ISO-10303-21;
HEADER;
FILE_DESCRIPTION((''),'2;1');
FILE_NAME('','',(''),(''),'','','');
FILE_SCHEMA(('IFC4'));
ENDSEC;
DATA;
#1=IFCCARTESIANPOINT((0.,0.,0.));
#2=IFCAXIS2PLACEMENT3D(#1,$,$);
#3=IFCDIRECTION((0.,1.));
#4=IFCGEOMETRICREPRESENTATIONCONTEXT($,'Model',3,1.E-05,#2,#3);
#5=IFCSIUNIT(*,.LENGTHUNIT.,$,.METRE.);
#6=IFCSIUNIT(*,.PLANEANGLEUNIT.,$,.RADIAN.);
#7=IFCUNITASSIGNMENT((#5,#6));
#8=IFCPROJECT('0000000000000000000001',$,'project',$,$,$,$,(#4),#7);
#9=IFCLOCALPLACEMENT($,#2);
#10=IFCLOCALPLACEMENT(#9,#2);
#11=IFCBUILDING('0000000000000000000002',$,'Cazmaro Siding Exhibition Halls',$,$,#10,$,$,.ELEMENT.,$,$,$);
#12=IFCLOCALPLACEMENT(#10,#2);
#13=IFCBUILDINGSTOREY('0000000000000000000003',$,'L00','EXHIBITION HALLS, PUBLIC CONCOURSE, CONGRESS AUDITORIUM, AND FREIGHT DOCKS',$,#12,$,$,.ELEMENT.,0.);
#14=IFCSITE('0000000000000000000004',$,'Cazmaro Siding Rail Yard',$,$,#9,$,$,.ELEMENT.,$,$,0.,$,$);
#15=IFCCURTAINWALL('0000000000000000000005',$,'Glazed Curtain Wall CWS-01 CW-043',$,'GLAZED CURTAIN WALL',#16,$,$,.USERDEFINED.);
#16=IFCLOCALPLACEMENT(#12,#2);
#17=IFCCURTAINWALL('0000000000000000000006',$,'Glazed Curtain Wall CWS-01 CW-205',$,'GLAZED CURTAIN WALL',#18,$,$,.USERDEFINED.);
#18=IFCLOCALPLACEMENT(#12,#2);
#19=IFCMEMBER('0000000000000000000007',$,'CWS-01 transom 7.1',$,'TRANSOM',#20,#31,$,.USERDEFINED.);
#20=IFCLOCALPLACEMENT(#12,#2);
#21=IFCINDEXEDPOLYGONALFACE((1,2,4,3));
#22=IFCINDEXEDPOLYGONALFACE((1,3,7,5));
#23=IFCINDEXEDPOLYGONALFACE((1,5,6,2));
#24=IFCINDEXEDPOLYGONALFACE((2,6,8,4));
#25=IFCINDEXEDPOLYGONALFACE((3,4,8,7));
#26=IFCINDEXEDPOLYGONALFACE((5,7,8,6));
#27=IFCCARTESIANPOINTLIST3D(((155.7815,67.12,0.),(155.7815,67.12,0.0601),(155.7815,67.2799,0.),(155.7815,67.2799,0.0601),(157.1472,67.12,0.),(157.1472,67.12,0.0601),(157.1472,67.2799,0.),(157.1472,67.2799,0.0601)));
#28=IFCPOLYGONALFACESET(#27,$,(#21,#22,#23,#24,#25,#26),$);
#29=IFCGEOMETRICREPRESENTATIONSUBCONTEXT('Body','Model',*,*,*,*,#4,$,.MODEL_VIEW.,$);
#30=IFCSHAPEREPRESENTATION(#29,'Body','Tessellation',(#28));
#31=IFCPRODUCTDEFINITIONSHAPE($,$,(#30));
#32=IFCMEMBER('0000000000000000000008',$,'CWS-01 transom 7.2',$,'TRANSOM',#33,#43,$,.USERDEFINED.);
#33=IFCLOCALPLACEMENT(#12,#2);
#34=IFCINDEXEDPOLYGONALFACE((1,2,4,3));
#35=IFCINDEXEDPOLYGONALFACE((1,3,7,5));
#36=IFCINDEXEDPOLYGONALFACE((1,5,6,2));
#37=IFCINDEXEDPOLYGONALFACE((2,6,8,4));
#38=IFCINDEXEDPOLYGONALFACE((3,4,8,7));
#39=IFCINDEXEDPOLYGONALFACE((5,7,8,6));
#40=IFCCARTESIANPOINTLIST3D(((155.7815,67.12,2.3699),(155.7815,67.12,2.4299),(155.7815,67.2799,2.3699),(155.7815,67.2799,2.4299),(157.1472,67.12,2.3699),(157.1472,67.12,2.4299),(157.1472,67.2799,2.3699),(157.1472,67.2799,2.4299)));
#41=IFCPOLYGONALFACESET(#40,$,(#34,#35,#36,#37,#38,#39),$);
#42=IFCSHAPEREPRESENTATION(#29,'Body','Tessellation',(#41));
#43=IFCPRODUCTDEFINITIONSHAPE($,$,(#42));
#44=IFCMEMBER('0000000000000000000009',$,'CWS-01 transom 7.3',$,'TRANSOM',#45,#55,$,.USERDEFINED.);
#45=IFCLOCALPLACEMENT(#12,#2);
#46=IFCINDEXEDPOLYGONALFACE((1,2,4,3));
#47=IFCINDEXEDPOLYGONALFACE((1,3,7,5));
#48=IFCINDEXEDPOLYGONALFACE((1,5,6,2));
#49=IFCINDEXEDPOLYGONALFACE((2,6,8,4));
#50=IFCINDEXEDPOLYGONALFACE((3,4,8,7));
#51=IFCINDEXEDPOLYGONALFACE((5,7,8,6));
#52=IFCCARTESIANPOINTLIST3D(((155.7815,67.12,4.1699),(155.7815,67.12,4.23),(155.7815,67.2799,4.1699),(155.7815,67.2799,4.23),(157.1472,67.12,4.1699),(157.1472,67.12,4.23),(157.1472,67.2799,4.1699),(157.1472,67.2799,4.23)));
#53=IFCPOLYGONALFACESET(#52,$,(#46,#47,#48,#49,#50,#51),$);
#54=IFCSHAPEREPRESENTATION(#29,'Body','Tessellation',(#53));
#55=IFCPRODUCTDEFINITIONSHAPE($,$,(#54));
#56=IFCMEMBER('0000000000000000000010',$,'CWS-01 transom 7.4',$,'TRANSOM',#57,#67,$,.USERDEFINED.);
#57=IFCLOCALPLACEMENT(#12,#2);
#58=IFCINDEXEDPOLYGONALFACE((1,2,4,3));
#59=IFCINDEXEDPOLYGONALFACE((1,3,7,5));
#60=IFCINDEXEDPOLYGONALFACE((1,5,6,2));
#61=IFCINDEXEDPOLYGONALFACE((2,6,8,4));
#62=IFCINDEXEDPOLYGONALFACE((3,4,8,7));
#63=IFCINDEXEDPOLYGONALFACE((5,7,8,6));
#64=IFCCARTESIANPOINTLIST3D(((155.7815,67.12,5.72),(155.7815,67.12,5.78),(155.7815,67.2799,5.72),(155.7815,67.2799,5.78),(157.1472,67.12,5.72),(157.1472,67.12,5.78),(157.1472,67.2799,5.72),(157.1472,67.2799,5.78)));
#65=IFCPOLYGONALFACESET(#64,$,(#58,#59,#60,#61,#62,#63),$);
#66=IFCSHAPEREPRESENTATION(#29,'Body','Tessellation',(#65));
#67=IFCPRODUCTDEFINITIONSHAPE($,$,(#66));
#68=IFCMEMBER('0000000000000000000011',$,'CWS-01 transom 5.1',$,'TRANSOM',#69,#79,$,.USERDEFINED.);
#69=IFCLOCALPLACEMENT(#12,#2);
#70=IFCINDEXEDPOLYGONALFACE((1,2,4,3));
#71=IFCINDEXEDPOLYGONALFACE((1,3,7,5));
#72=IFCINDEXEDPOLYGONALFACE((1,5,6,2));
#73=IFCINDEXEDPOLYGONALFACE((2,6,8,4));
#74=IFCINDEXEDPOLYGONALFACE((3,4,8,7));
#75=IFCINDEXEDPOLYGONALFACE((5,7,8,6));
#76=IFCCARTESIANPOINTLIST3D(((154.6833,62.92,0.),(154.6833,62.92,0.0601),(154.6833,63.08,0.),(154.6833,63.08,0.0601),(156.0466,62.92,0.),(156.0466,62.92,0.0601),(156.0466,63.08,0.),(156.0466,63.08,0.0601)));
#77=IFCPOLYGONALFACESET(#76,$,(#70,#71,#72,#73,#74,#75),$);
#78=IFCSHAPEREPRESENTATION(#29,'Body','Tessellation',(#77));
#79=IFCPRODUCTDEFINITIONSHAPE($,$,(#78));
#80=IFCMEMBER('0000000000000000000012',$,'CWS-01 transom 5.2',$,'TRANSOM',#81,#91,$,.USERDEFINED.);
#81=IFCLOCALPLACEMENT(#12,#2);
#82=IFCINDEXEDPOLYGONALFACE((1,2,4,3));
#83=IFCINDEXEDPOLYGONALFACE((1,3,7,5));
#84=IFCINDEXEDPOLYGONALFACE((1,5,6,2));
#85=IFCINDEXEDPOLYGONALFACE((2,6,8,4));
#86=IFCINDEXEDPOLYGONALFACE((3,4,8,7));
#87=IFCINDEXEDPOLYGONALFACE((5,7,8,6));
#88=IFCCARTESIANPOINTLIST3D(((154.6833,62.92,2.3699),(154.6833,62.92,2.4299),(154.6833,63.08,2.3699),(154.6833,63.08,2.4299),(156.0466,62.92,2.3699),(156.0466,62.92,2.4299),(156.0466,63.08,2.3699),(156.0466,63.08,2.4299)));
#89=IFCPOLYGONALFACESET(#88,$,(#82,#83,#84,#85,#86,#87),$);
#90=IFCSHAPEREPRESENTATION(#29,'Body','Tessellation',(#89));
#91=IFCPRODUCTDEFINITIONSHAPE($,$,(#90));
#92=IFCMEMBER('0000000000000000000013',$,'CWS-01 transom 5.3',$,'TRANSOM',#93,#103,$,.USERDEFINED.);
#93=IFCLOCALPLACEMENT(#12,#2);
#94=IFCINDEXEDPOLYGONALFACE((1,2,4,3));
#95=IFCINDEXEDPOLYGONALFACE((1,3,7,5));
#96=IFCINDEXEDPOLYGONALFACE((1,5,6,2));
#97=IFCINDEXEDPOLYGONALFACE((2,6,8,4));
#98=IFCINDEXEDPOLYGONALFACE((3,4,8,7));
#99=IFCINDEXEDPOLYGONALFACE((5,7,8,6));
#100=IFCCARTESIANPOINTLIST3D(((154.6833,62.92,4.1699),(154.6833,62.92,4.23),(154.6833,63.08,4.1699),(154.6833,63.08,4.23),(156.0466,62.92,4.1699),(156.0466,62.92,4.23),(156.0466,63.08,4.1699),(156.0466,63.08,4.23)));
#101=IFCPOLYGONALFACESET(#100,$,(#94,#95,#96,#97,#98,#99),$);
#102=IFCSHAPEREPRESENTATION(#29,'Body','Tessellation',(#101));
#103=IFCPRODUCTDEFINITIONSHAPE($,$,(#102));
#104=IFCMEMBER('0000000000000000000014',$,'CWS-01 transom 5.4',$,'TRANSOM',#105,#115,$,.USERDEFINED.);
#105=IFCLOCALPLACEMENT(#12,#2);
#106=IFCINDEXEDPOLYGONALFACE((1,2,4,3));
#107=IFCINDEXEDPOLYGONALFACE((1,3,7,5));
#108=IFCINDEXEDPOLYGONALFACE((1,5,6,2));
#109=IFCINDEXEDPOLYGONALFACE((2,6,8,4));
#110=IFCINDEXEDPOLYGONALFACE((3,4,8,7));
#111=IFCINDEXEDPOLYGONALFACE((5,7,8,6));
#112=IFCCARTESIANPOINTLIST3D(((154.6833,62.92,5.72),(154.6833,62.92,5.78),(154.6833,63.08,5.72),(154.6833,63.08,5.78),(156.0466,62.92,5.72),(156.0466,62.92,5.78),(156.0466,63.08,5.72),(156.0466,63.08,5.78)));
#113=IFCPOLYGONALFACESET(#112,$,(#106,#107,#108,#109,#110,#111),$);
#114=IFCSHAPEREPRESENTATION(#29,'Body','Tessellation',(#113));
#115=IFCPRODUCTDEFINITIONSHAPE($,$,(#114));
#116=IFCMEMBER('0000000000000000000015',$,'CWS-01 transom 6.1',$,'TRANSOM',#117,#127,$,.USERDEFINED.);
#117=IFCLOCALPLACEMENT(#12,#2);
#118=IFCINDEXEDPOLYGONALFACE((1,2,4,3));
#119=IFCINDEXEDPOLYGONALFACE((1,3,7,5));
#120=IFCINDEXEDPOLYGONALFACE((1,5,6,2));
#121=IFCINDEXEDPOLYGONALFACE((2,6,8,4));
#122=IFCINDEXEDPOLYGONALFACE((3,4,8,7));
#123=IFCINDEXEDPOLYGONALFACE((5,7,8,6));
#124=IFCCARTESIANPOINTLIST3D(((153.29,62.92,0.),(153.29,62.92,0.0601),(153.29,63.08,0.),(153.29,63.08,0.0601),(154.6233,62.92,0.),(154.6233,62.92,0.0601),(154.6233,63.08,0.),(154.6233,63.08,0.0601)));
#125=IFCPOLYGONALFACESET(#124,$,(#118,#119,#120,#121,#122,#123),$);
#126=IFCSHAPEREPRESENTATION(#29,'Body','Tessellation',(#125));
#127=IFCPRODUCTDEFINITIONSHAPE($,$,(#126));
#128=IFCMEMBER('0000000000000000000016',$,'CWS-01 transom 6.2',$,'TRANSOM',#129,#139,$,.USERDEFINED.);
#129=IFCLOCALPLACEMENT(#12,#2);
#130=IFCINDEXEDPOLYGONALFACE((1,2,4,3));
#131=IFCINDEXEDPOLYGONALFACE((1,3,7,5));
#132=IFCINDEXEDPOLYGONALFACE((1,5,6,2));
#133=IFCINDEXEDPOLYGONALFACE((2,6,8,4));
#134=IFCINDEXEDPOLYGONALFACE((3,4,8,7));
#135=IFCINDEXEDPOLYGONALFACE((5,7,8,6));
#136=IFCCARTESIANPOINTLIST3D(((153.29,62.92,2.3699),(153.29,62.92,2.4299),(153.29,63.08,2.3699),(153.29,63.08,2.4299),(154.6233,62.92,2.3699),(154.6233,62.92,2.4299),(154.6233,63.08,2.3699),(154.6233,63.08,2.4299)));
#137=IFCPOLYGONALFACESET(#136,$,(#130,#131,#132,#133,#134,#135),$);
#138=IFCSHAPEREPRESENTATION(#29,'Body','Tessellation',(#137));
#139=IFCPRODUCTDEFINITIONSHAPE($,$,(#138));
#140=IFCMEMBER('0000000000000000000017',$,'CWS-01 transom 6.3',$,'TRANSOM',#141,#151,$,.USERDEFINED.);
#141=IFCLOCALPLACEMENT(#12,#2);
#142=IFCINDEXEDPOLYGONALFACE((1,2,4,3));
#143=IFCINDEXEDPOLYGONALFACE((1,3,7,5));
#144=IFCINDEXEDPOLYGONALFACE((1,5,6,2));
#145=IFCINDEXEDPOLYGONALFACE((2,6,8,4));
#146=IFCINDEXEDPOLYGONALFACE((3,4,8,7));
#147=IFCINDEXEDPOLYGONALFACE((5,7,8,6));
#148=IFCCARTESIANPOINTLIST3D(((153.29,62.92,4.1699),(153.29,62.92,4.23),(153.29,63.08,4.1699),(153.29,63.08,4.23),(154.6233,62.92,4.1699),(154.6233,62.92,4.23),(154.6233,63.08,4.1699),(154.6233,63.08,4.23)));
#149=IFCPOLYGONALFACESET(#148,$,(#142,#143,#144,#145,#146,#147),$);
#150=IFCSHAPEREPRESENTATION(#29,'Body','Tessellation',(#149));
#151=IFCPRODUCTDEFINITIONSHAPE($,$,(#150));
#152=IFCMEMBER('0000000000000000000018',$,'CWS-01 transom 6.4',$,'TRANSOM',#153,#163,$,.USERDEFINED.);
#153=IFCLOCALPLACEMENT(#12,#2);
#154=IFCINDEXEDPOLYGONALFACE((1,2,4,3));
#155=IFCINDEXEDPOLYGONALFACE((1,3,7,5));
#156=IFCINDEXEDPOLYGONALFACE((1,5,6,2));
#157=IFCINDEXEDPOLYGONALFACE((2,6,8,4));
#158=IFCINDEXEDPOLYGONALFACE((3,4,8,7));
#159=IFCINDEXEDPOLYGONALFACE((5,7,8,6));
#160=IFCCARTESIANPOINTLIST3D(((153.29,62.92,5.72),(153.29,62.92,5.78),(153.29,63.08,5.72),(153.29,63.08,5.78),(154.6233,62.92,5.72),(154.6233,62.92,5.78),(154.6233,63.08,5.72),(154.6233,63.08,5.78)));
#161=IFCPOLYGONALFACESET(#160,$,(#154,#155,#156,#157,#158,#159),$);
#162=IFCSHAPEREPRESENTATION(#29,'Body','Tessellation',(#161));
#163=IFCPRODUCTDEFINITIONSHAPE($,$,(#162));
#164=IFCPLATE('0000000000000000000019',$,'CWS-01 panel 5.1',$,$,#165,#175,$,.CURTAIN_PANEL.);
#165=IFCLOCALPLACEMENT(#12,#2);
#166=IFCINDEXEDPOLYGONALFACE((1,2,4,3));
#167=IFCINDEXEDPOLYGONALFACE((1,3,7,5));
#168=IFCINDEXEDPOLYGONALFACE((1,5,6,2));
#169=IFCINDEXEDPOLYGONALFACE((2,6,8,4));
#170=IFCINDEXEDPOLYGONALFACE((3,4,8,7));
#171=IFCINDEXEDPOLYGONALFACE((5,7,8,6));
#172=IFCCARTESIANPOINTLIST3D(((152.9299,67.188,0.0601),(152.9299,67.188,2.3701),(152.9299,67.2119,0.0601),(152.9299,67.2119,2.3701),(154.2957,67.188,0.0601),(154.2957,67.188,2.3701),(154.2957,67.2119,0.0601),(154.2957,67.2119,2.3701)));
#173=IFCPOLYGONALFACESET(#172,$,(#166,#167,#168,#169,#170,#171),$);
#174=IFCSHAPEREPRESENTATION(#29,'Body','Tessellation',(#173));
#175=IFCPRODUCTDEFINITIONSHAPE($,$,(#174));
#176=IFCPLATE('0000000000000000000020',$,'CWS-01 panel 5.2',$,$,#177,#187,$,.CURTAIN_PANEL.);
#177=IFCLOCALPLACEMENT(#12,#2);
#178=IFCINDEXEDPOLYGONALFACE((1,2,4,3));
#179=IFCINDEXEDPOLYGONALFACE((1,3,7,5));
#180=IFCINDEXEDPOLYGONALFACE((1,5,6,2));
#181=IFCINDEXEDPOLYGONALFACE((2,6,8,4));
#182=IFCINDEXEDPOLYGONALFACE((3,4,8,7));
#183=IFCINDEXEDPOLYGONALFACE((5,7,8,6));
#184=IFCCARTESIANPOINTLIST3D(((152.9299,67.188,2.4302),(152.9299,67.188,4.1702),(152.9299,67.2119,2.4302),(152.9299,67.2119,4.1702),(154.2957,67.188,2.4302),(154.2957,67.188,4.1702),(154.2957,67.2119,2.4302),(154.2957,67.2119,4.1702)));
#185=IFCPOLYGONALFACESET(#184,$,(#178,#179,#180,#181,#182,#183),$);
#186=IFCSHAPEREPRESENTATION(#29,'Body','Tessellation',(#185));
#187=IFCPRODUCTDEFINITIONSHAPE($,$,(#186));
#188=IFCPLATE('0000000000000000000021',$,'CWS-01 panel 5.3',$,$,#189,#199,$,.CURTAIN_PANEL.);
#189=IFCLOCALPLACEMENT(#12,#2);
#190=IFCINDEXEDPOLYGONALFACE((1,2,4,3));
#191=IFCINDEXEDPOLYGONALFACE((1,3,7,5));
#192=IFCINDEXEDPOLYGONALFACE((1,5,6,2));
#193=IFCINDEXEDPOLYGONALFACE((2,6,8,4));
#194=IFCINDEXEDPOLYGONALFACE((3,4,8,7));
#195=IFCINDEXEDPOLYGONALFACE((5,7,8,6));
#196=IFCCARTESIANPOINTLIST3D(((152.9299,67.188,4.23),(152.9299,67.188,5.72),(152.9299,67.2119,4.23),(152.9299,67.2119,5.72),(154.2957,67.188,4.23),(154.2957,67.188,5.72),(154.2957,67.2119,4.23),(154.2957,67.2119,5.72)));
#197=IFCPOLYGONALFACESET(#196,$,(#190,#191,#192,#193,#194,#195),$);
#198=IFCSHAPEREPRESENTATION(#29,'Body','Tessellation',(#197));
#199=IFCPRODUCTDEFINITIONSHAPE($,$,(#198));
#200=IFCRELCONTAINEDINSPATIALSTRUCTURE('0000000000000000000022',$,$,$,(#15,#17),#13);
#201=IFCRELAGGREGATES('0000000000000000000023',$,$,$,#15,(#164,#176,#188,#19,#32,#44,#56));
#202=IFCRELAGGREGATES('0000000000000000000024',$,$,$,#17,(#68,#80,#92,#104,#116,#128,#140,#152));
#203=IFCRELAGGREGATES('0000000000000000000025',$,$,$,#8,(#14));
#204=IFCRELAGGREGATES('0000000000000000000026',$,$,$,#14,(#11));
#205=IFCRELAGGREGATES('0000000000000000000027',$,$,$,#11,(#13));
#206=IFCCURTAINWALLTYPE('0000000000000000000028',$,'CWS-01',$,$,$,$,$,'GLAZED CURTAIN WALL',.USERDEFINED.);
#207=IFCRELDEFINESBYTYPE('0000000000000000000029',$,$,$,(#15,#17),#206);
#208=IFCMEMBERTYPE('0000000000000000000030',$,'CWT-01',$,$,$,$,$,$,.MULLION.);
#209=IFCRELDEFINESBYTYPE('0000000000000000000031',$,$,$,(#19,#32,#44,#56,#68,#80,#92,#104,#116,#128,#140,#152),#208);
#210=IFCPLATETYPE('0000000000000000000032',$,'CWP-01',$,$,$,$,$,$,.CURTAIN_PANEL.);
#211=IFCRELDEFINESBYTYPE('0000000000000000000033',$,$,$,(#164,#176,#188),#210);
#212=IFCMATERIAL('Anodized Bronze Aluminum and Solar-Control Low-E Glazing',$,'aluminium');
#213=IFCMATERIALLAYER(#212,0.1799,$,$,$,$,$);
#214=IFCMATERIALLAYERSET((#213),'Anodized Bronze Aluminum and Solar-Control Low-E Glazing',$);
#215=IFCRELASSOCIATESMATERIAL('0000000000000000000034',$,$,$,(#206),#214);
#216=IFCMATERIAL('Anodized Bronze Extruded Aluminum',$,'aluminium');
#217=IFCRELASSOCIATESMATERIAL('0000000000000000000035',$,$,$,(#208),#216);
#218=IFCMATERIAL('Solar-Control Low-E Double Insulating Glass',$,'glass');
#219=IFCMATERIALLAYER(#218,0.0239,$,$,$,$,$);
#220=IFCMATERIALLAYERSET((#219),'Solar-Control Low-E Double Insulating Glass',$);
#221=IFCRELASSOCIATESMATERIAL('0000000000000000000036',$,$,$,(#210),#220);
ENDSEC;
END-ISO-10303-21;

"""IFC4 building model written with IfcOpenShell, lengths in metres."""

from ifc_helpers import new_model, si_unit, direction, frame, origin, origin_2d, place, context, subcontext, project, spatial, rectangle, extrude, material, layer, layer_set, material_profile, profile_set, type_object, element, aggregate, save


model = new_model("IFC4")

# Units and contexts
model_context = context("Model", 3, precision=1e-05, world=origin(), true_north=direction((0.0, 1.0)))
body_context = subcontext(model_context, "Body", "Model", "MODEL_VIEW")
ifc_project = project(units=[si_unit("LENGTHUNIT", "METRE"), si_unit("PLANEANGLEUNIT", "RADIAN")], contexts=[model_context])

# Site, building, storey
site_placement = place(None, origin())
site = spatial("IfcSite", under=ifc_project, at=site_placement, Name="Cazmaro Siding Rail Yard", CompositionType="ELEMENT", RefElevation=0.0)
building_placement = place(site_placement, origin())
building = spatial("IfcBuilding", under=site, at=building_placement, Name="Cazmaro Siding Exhibition Halls", CompositionType="ELEMENT")
storey_placement = place(building_placement, origin())
storey = spatial("IfcBuildingStorey", under=building, at=storey_placement, Name="L00", Description="EXHIBITION HALLS, PUBLIC CONCOURSE, CONGRESS AUDITORIUM, AND FREIGHT DOCKS", CompositionType="ELEMENT", Elevation=0.0)

# Curtain walls
ifc_material_1 = material(Name="Anodized Bronze Aluminum and Solar-Control Low-E Glazing", Category="aluminium")
ifc_layer_1 = layer(ifc_material_1, 0.1799)
ifc_layer_set_1 = layer_set([ifc_layer_1], Name="Anodized Bronze Aluminum and Solar-Control Low-E Glazing")
curtain_wall_type = type_object("IfcCurtainWallType", Name="CWS-01", ElementType="GLAZED CURTAIN WALL", PredefinedType="USERDEFINED", material=ifc_layer_set_1)
curtain_wall_1_placement = place(storey_placement, origin())
curtain_wall_1 = element("IfcCurtainWall", 1, at=curtain_wall_1_placement, inside=storey, type_object=curtain_wall_type, Name="Glazed Curtain Wall CWS-01 CW-043", ObjectType="GLAZED CURTAIN WALL", PredefinedType="USERDEFINED")
curtain_wall_2_placement = place(storey_placement, origin())
curtain_wall_2 = element("IfcCurtainWall", 2, at=curtain_wall_2_placement, inside=storey, type_object=curtain_wall_type, Name="Glazed Curtain Wall CWS-01 CW-205", ObjectType="GLAZED CURTAIN WALL", PredefinedType="USERDEFINED")

# Members
ifc_material_2 = material(Name="Anodized Bronze Extruded Aluminum", Category="aluminium")
ifc_material_profile_1 = material_profile(ifc_material_2, rectangle(XDim=0.1599, YDim=0.0601, at=origin_2d()), Name="CWT-01")
ifc_profile_set_1 = profile_set([ifc_material_profile_1], Name="Anodized Bronze Extruded Aluminum")
member_type_1 = type_object("IfcMemberType", Name="CWT-01", PredefinedType="MULLION", material=ifc_profile_set_1)
member_1_placement = place(storey_placement, frame((155.7815, 67.2, 0.03), z_axis=(1.0, 0.0, 0.0), x_axis=(0.0, 1.0, 0.0)))
member_1 = element("IfcMember", 3, at=member_1_placement, type_object=member_type_1, Name="CWS-01 transom 7.1", ObjectType="TRANSOM", PredefinedType="USERDEFINED", context=body_context, shape_type="SweptSolid", body=[
    extrude(rectangle(XDim=0.1599, YDim=0.0601, at=origin_2d()), origin(), (0.0, 0.0, 1.0), 1.3657),
])
member_2_placement = place(storey_placement, frame((155.7815, 67.2, 2.3999), z_axis=(1.0, 0.0, 0.0), x_axis=(0.0, 1.0, 0.0)))
member_2 = element("IfcMember", 4, at=member_2_placement, type_object=member_type_1, Name="CWS-01 transom 7.2", ObjectType="TRANSOM", PredefinedType="USERDEFINED", context=body_context, shape_type="SweptSolid", body=[
    extrude(rectangle(XDim=0.1599, YDim=0.0601, at=origin_2d()), origin(), (0.0, 0.0, 1.0), 1.3657),
])
member_3_placement = place(storey_placement, frame((155.7815, 67.2, 4.2), z_axis=(1.0, 0.0, 0.0), x_axis=(0.0, 1.0, 0.0)))
member_3 = element("IfcMember", 5, at=member_3_placement, type_object=member_type_1, Name="CWS-01 transom 7.3", ObjectType="TRANSOM", PredefinedType="USERDEFINED", context=body_context, shape_type="SweptSolid", body=[
    extrude(rectangle(XDim=0.1599, YDim=0.0601, at=origin_2d()), origin(), (0.0, 0.0, 1.0), 1.3657),
])
member_4_placement = place(storey_placement, frame((155.7815, 67.2, 5.75), z_axis=(1.0, 0.0, 0.0), x_axis=(0.0, 1.0, 0.0)))
member_4 = element("IfcMember", 6, at=member_4_placement, type_object=member_type_1, Name="CWS-01 transom 7.4", ObjectType="TRANSOM", PredefinedType="USERDEFINED", context=body_context, shape_type="SweptSolid", body=[
    extrude(rectangle(XDim=0.1599, YDim=0.0601, at=origin_2d()), origin(), (0.0, 0.0, 1.0), 1.3657),
])
member_5_placement = place(storey_placement, frame((156.0466, 63.0, 0.03), z_axis=(-1.0, 0.0, 0.0), x_axis=(0.0, -1.0, 0.0)))
member_5 = element("IfcMember", 7, at=member_5_placement, type_object=member_type_1, Name="CWS-01 transom 5.1", ObjectType="TRANSOM", PredefinedType="USERDEFINED", context=body_context, shape_type="SweptSolid", body=[
    extrude(rectangle(XDim=0.1599, YDim=0.0601, at=origin_2d()), origin(), (0.0, 0.0, 1.0), 1.3633),
])
member_6_placement = place(storey_placement, frame((156.0466, 63.0, 2.3999), z_axis=(-1.0, 0.0, 0.0), x_axis=(0.0, -1.0, 0.0)))
member_6 = element("IfcMember", 8, at=member_6_placement, type_object=member_type_1, Name="CWS-01 transom 5.2", ObjectType="TRANSOM", PredefinedType="USERDEFINED", context=body_context, shape_type="SweptSolid", body=[
    extrude(rectangle(XDim=0.1599, YDim=0.0601, at=origin_2d()), origin(), (0.0, 0.0, 1.0), 1.3633),
])
member_7_placement = place(storey_placement, frame((156.0466, 63.0, 4.2), z_axis=(-1.0, 0.0, 0.0), x_axis=(0.0, -1.0, 0.0)))
member_7 = element("IfcMember", 9, at=member_7_placement, type_object=member_type_1, Name="CWS-01 transom 5.3", ObjectType="TRANSOM", PredefinedType="USERDEFINED", context=body_context, shape_type="SweptSolid", body=[
    extrude(rectangle(XDim=0.1599, YDim=0.0601, at=origin_2d()), origin(), (0.0, 0.0, 1.0), 1.3633),
])
member_8_placement = place(storey_placement, frame((156.0466, 63.0, 5.75), z_axis=(-1.0, 0.0, 0.0), x_axis=(0.0, -1.0, 0.0)))
member_8 = element("IfcMember", 10, at=member_8_placement, type_object=member_type_1, Name="CWS-01 transom 5.4", ObjectType="TRANSOM", PredefinedType="USERDEFINED", context=body_context, shape_type="SweptSolid", body=[
    extrude(rectangle(XDim=0.1599, YDim=0.0601, at=origin_2d()), origin(), (0.0, 0.0, 1.0), 1.3633),
])
member_9_placement = place(storey_placement, frame((154.6233, 63.0, 0.03), z_axis=(-1.0, 0.0, 0.0), x_axis=(0.0, -1.0, 0.0)))
member_9 = element("IfcMember", 11, at=member_9_placement, type_object=member_type_1, Name="CWS-01 transom 6.1", ObjectType="TRANSOM", PredefinedType="USERDEFINED", context=body_context, shape_type="SweptSolid", body=[
    extrude(rectangle(XDim=0.1599, YDim=0.0601, at=origin_2d()), origin(), (0.0, 0.0, 1.0), 1.3333),
])
member_10_placement = place(storey_placement, frame((154.6233, 63.0, 2.3999), z_axis=(-1.0, 0.0, 0.0), x_axis=(0.0, -1.0, 0.0)))
member_10 = element("IfcMember", 12, at=member_10_placement, type_object=member_type_1, Name="CWS-01 transom 6.2", ObjectType="TRANSOM", PredefinedType="USERDEFINED", context=body_context, shape_type="SweptSolid", body=[
    extrude(rectangle(XDim=0.1599, YDim=0.0601, at=origin_2d()), origin(), (0.0, 0.0, 1.0), 1.3333),
])
member_11_placement = place(storey_placement, frame((154.6233, 63.0, 4.2), z_axis=(-1.0, 0.0, 0.0), x_axis=(0.0, -1.0, 0.0)))
member_11 = element("IfcMember", 13, at=member_11_placement, type_object=member_type_1, Name="CWS-01 transom 6.3", ObjectType="TRANSOM", PredefinedType="USERDEFINED", context=body_context, shape_type="SweptSolid", body=[
    extrude(rectangle(XDim=0.1599, YDim=0.0601, at=origin_2d()), origin(), (0.0, 0.0, 1.0), 1.3333),
])
member_12_placement = place(storey_placement, frame((154.6233, 63.0, 5.75), z_axis=(-1.0, 0.0, 0.0), x_axis=(0.0, -1.0, 0.0)))
member_12 = element("IfcMember", 14, at=member_12_placement, type_object=member_type_1, Name="CWS-01 transom 6.4", ObjectType="TRANSOM", PredefinedType="USERDEFINED", context=body_context, shape_type="SweptSolid", body=[
    extrude(rectangle(XDim=0.1599, YDim=0.0601, at=origin_2d()), origin(), (0.0, 0.0, 1.0), 1.3333),
])

# Plates
ifc_material_3 = material(Name="Solar-Control Low-E Double Insulating Glass", Category="glass")
ifc_layer_2 = layer(ifc_material_3, 0.0239)
ifc_layer_set_2 = layer_set([ifc_layer_2], Name="Solar-Control Low-E Double Insulating Glass")
plate_type = type_object("IfcPlateType", Name="CWP-01", PredefinedType="CURTAIN_PANEL", material=ifc_layer_set_2)
plate_1_placement = place(storey_placement, frame((153.6128, 67.2, 0.0601), z_axis=(0.0, 0.0, 1.0), x_axis=(1.0, 0.0, 0.0)))
plate_1 = element("IfcPlate", 15, at=plate_1_placement, type_object=plate_type, Name="CWS-01 panel 5.1", PredefinedType="CURTAIN_PANEL", context=body_context, shape_type="SweptSolid", body=[
    extrude(rectangle(XDim=1.3657, YDim=0.0239, at=origin_2d()), origin(), (0.0, 0.0, 1.0), 2.3101),
])
plate_2_placement = place(storey_placement, frame((153.6128, 67.2, 2.4302), z_axis=(0.0, 0.0, 1.0), x_axis=(1.0, 0.0, 0.0)))
plate_2 = element("IfcPlate", 16, at=plate_2_placement, type_object=plate_type, Name="CWS-01 panel 5.2", PredefinedType="CURTAIN_PANEL", context=body_context, shape_type="SweptSolid", body=[
    extrude(rectangle(XDim=1.3657, YDim=0.0239, at=origin_2d()), origin(), (0.0, 0.0, 1.0), 1.74),
])
plate_3_placement = place(storey_placement, frame((153.6128, 67.2, 4.23), z_axis=(0.0, 0.0, 1.0), x_axis=(1.0, 0.0, 0.0)))
plate_3 = element("IfcPlate", 17, at=plate_3_placement, type_object=plate_type, Name="CWS-01 panel 5.3", PredefinedType="CURTAIN_PANEL", context=body_context, shape_type="SweptSolid", body=[
    extrude(rectangle(XDim=1.3657, YDim=0.0239, at=origin_2d()), origin(), (0.0, 0.0, 1.0), 1.49),
])
aggregate(curtain_wall_1, [plate_1, plate_2, plate_3, member_1, member_2, member_3, member_4])
aggregate(curtain_wall_2, [member_5, member_6, member_7, member_8, member_9, member_10, member_11, member_12])

save(model, "model.ifc")
